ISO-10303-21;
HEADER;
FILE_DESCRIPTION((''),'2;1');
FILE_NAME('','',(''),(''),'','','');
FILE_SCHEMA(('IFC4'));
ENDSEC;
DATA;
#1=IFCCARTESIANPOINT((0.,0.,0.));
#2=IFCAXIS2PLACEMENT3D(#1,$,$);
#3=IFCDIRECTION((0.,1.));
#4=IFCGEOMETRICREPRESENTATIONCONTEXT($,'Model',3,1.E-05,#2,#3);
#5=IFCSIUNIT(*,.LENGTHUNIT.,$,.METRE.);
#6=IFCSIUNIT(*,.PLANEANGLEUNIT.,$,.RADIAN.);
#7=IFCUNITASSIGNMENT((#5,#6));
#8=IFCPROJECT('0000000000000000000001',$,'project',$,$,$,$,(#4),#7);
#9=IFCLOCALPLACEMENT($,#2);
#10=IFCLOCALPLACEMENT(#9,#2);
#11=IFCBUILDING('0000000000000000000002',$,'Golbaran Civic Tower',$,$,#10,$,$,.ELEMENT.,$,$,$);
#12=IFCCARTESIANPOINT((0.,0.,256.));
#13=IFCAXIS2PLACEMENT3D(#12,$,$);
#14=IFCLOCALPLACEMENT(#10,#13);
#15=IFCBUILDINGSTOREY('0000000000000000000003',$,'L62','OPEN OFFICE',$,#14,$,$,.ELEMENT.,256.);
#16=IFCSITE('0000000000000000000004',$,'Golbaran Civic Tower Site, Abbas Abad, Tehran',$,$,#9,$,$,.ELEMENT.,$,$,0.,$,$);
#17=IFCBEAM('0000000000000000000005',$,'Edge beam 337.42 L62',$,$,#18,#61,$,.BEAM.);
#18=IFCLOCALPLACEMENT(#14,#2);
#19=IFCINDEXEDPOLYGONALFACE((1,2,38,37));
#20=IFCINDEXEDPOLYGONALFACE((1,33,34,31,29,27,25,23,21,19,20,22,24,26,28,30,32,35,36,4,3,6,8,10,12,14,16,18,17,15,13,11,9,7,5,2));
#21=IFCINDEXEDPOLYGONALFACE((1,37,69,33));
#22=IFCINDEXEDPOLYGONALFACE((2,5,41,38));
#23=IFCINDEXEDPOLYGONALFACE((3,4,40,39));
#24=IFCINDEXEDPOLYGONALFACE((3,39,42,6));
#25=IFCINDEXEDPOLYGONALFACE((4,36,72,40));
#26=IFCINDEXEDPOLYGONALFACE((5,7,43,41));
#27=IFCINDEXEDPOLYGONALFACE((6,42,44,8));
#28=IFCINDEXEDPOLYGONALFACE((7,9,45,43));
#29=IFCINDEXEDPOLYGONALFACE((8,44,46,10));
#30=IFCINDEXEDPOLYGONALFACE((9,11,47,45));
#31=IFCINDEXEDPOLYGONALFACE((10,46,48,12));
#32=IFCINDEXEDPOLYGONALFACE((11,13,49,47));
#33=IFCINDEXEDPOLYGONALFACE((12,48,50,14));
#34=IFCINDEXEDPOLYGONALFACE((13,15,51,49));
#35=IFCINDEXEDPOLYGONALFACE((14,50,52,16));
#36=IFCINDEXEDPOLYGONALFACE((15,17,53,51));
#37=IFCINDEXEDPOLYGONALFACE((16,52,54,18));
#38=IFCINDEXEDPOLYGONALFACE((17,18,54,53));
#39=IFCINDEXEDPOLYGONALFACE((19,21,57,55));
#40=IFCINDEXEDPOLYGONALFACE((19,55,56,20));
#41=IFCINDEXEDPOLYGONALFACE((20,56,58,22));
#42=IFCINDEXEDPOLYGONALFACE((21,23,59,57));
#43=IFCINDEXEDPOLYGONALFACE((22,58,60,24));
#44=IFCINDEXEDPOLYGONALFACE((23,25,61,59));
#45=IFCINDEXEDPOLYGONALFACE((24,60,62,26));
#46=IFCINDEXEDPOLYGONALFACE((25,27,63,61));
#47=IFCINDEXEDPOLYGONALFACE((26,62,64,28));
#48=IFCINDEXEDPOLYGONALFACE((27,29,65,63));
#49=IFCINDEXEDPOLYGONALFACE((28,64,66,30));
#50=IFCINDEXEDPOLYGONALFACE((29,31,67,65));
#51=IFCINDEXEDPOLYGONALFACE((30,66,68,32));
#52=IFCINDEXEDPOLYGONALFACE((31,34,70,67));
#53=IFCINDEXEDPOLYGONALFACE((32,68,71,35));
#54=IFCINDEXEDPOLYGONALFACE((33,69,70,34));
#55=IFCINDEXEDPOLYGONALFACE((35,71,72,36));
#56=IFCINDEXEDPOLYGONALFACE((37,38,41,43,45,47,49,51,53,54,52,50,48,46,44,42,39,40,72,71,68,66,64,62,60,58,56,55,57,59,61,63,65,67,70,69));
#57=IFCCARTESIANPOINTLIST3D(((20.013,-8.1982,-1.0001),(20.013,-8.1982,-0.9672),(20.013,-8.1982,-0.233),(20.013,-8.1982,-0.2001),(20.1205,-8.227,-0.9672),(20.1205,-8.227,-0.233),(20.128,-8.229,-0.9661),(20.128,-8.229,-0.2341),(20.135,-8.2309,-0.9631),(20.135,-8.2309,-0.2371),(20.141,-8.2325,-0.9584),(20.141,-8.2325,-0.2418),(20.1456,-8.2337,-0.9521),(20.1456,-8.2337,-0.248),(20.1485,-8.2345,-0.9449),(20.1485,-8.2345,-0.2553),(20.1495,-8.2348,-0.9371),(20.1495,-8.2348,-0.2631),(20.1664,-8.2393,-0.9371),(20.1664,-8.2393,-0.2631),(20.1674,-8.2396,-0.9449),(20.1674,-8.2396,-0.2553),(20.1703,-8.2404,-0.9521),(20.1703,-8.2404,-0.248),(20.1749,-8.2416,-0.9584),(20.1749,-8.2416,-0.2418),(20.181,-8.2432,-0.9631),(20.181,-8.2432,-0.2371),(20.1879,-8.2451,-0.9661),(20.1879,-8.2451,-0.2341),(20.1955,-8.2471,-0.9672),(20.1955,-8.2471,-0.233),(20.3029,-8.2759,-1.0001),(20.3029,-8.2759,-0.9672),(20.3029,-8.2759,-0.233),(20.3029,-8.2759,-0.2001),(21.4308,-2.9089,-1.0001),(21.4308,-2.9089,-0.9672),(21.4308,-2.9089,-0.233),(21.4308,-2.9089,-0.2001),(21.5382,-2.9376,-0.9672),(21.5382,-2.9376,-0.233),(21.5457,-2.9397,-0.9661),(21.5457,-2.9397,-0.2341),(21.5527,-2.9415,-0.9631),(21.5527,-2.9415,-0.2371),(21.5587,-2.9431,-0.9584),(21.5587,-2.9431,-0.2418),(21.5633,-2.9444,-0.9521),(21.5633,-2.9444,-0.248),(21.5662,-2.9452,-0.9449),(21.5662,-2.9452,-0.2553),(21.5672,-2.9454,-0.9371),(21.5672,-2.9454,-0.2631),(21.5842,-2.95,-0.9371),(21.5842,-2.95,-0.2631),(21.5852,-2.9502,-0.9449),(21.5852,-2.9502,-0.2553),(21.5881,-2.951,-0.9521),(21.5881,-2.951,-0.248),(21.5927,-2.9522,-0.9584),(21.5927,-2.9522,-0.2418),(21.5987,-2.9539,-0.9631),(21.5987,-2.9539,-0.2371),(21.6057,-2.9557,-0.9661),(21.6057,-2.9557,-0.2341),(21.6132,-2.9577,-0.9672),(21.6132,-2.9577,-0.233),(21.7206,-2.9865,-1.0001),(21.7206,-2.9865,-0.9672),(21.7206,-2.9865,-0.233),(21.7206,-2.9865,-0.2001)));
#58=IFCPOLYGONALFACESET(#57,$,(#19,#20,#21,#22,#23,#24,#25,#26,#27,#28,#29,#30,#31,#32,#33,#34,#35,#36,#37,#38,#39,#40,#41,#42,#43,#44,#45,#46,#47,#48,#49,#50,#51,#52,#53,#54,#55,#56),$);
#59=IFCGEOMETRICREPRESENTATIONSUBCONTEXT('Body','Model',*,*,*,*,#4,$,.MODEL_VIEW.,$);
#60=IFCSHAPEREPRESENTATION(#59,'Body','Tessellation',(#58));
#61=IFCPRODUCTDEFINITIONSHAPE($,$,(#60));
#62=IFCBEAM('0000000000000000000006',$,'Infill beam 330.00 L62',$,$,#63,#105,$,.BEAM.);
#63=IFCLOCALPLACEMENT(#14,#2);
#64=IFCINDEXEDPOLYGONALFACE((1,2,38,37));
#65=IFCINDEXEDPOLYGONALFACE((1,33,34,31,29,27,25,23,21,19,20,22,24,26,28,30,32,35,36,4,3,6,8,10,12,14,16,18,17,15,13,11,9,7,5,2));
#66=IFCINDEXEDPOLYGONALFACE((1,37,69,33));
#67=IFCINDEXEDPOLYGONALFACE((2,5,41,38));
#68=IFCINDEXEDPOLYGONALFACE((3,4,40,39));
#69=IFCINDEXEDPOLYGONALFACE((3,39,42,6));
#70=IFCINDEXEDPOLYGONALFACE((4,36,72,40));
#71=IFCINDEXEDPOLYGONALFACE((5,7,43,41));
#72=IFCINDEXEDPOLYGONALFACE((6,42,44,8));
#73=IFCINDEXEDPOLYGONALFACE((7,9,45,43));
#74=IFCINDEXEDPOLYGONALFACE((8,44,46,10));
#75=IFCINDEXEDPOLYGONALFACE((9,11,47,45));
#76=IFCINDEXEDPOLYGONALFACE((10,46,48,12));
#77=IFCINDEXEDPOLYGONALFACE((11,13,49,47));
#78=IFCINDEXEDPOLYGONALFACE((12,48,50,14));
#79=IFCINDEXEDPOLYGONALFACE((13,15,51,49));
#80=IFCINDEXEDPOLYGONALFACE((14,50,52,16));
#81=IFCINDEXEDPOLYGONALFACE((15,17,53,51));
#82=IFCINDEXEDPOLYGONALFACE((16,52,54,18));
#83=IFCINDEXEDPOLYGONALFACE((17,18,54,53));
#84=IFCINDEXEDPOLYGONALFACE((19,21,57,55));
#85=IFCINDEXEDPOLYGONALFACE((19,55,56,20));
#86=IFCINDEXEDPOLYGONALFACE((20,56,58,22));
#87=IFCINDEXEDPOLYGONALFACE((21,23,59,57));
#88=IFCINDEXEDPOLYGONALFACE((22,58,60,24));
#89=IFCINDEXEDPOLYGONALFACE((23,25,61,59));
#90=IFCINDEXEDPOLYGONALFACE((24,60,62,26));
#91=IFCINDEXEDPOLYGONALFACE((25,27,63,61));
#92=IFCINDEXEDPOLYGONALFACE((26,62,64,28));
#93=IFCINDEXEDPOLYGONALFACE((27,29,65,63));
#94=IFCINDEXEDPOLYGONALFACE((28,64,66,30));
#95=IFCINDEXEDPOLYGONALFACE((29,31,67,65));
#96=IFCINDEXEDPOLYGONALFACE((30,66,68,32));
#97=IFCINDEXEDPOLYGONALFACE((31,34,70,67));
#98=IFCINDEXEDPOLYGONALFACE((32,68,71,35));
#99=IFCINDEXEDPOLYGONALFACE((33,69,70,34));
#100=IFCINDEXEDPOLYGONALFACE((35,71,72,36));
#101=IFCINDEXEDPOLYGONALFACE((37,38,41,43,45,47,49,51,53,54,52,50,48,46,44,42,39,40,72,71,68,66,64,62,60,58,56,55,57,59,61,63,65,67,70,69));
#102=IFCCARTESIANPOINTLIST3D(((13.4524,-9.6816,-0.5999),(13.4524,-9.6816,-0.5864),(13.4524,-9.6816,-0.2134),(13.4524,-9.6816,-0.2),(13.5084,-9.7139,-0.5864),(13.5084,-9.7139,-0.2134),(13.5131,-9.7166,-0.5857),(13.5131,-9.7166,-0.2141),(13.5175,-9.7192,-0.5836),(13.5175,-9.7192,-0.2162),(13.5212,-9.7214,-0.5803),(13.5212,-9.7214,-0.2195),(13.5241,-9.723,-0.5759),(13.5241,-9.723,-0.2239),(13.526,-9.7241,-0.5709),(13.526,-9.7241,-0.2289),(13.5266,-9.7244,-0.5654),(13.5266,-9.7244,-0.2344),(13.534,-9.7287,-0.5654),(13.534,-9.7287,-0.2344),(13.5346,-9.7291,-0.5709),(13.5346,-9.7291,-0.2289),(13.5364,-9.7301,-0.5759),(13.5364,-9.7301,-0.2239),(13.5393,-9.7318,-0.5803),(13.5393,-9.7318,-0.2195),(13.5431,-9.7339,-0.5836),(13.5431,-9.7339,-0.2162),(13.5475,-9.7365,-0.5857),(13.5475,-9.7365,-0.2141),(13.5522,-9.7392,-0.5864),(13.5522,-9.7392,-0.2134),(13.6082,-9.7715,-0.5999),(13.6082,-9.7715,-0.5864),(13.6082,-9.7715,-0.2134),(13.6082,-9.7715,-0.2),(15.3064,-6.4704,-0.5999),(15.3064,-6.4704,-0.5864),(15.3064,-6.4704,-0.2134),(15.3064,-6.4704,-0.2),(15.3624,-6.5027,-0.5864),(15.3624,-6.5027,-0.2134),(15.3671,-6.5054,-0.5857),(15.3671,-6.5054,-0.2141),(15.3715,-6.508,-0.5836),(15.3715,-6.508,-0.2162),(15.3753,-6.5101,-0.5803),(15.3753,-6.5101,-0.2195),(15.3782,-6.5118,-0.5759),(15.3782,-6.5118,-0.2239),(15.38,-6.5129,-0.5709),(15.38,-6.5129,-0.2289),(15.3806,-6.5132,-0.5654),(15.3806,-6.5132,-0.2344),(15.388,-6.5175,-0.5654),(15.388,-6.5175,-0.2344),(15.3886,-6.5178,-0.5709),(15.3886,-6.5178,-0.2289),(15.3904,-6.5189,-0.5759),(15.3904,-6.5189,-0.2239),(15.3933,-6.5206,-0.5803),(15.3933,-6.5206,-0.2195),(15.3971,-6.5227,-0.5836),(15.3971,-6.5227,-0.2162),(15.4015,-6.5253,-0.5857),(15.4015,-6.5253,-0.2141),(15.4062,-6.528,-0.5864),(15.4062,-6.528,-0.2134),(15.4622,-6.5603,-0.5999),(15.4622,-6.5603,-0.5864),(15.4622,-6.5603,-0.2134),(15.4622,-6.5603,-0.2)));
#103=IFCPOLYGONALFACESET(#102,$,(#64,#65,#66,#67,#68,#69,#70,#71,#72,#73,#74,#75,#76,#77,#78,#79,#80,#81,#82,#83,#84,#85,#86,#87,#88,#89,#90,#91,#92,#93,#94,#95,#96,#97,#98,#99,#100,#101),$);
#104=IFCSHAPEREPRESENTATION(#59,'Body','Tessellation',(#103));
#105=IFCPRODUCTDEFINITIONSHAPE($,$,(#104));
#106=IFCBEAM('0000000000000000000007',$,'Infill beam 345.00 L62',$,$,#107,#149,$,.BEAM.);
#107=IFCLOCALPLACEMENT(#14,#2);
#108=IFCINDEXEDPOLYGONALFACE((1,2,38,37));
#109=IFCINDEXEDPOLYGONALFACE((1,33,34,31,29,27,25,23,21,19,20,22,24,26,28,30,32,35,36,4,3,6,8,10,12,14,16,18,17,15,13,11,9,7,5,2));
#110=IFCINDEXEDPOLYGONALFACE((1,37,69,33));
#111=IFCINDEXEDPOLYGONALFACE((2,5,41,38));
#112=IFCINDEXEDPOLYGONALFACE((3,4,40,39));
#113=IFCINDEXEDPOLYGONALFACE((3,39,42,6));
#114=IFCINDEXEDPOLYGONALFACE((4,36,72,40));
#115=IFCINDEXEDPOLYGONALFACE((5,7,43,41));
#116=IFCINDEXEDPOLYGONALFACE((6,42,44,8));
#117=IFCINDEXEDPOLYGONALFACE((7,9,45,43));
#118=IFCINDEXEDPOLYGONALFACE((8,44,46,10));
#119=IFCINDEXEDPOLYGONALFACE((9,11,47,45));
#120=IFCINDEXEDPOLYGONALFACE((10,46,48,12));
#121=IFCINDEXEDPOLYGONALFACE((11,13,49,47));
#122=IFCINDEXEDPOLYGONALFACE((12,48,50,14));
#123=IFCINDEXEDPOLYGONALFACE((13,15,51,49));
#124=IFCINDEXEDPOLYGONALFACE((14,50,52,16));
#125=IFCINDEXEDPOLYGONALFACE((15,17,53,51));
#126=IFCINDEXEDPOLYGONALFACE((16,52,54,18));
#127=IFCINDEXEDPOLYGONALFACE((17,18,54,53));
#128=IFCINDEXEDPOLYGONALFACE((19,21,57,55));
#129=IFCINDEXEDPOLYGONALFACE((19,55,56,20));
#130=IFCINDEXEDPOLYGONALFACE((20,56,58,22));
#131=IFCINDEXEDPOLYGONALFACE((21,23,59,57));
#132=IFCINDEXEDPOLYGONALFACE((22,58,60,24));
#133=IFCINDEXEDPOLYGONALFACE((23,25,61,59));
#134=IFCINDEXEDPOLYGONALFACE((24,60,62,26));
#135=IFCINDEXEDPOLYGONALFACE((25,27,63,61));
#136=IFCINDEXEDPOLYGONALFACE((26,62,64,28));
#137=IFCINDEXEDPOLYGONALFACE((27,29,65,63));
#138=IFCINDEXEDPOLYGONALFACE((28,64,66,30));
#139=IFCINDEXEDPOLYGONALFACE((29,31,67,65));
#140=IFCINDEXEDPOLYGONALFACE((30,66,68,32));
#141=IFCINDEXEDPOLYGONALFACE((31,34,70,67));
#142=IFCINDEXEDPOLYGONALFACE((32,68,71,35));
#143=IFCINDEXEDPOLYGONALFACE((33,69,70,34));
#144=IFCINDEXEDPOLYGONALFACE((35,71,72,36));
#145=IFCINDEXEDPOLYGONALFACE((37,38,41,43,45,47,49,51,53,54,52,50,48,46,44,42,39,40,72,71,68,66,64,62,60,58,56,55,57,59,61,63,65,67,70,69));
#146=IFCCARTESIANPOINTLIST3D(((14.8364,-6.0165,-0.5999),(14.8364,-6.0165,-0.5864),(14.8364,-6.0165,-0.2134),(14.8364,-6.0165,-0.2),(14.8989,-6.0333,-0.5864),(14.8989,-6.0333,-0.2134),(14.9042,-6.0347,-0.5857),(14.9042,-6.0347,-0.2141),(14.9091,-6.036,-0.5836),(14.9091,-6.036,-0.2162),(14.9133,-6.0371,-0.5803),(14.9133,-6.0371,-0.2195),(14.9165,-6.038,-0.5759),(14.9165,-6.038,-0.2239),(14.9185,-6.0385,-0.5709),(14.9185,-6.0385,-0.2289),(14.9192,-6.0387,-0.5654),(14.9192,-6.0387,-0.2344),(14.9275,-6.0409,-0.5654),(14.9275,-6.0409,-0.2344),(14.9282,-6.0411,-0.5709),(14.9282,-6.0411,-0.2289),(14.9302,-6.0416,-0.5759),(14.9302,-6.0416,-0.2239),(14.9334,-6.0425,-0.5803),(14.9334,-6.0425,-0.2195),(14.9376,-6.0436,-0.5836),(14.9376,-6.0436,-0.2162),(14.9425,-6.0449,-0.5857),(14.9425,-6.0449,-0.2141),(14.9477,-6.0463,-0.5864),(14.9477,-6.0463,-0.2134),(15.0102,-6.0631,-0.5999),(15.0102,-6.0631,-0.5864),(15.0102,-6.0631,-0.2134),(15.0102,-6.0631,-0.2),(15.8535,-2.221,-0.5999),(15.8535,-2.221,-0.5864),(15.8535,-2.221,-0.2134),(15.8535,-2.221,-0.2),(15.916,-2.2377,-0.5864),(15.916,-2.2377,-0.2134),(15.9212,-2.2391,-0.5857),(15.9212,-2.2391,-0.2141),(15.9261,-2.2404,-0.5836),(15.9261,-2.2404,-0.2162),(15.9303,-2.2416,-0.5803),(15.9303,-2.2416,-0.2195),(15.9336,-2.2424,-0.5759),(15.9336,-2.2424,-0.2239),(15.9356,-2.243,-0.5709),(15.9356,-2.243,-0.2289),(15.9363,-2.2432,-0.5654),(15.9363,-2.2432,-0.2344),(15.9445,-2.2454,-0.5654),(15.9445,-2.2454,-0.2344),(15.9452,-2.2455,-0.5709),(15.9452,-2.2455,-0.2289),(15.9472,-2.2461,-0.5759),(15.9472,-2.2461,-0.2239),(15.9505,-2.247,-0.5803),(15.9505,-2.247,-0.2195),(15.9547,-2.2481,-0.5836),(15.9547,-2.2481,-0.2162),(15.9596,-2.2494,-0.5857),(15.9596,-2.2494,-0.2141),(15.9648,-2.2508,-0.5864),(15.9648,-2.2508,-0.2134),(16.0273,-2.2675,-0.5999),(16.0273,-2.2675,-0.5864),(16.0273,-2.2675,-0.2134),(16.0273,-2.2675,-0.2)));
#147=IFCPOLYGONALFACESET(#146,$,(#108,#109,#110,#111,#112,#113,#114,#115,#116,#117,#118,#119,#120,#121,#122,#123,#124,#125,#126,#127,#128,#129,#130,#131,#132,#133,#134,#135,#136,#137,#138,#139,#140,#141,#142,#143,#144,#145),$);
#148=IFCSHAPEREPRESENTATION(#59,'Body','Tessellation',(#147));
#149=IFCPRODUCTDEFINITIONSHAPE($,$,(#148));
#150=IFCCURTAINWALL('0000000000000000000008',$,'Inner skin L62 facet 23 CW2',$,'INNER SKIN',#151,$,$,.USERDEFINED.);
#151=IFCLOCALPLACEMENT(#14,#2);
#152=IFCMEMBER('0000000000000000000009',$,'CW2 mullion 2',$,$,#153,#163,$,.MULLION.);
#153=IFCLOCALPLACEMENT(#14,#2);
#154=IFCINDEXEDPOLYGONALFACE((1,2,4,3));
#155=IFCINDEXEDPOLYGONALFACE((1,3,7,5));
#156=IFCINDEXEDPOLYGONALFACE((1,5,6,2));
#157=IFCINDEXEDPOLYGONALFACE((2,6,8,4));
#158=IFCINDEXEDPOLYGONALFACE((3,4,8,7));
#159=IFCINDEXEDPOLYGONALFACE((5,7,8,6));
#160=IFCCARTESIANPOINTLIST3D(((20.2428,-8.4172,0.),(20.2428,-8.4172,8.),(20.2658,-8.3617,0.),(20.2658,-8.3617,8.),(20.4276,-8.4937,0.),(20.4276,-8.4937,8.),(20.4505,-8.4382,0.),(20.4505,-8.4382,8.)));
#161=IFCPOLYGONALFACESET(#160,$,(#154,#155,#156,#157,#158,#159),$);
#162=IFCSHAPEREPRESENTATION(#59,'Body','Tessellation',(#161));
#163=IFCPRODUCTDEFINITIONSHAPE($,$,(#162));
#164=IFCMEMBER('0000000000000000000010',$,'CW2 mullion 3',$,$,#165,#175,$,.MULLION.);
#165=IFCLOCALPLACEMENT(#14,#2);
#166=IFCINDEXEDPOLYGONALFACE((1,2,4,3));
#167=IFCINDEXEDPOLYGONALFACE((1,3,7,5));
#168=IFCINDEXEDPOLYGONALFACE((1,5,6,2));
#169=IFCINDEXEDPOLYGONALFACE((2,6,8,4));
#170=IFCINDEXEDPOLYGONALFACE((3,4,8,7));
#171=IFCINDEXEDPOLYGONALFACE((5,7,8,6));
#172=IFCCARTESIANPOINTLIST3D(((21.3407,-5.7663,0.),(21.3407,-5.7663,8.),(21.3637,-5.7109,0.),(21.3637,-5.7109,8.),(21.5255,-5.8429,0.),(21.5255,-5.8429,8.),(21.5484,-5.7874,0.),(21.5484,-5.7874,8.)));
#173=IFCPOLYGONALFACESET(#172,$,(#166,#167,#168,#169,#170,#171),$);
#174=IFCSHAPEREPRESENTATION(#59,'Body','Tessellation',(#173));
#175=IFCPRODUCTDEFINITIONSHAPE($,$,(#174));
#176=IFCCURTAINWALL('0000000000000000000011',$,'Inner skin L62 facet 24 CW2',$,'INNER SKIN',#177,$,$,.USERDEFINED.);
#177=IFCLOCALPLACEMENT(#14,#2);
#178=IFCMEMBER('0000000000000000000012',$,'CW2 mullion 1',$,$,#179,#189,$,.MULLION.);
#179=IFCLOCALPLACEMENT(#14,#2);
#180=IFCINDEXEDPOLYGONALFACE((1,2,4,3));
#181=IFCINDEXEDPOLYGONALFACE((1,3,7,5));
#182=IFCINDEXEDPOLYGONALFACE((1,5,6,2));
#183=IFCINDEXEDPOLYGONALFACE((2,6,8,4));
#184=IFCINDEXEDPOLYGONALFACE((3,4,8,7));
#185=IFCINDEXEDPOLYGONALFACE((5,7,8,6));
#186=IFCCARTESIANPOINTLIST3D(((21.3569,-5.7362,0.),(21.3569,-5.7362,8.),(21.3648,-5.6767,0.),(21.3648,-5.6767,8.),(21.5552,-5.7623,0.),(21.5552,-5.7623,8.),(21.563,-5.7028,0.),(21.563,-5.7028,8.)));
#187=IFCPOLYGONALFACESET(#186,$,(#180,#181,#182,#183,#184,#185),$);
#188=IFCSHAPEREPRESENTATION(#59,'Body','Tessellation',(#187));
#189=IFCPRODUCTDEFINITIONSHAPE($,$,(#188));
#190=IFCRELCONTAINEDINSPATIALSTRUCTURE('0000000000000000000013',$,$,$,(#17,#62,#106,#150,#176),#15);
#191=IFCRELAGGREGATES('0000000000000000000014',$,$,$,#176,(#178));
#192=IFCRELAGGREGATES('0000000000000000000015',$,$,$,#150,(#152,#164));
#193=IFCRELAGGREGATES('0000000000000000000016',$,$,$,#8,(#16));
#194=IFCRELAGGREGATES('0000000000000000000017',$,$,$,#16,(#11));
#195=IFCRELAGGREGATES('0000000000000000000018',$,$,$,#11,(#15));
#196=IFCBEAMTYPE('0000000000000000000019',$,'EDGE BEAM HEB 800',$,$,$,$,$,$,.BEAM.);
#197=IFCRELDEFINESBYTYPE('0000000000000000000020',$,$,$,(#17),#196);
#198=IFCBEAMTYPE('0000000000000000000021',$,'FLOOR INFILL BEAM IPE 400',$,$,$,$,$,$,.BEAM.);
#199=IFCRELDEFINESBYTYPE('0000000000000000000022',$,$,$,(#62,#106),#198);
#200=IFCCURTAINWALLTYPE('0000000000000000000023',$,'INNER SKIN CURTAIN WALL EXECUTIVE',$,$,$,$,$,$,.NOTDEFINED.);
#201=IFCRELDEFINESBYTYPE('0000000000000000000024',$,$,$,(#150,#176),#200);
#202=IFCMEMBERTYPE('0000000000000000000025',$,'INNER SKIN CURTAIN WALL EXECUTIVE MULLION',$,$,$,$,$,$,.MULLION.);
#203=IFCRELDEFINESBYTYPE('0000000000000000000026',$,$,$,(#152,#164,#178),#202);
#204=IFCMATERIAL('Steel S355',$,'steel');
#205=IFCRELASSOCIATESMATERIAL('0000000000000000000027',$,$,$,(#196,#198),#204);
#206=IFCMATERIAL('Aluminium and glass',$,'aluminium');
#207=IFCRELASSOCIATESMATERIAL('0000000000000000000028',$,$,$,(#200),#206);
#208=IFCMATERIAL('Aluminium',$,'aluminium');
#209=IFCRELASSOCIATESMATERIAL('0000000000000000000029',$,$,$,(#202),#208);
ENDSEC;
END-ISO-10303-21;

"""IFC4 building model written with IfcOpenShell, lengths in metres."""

from ifc_helpers import new_model, si_unit, direction, frame, origin, origin_2d, place, context, subcontext, project, spatial, rectangle, i_section, extrude, material, material_profile, profile_set, type_object, element, aggregate, save


model = new_model("IFC4")

# Units and contexts
model_context = context("Model", 3, precision=1e-05, world=origin(), true_north=direction((0.0, 1.0)))
body_context = subcontext(model_context, "Body", "Model", "MODEL_VIEW")
ifc_project = project(units=[si_unit("LENGTHUNIT", "METRE"), si_unit("PLANEANGLEUNIT", "RADIAN")], contexts=[model_context])

# Site, building, storey
site_placement = place(None, origin())
site = spatial("IfcSite", under=ifc_project, at=site_placement, Name="Golbaran Civic Tower Site, Abbas Abad, Tehran", CompositionType="ELEMENT", RefElevation=0.0)
building_placement = place(site_placement, origin())
building = spatial("IfcBuilding", under=site, at=building_placement, Name="Golbaran Civic Tower", CompositionType="ELEMENT")
storey_placement = place(building_placement, frame((0.0, 0.0, 256.0)))
storey = spatial("IfcBuildingStorey", under=building, at=storey_placement, Name="L62", Description="OPEN OFFICE", CompositionType="ELEMENT", Elevation=256.0)

# Beams
ifc_material_1 = material(Name="Steel S355", Category="steel")
ifc_material_profile_1 = material_profile(ifc_material_1, i_section(OverallWidth=0.3, OverallDepth=0.8, WebThickness=0.0176, FlangeThickness=0.033, FilletRadius=0.03, at=origin_2d()), Name="HEB 800")
ifc_profile_set_1 = profile_set([ifc_material_profile_1], Name="Steel S355")
beam_type_1 = type_object("IfcBeamType", Name="EDGE BEAM HEB 800", PredefinedType="BEAM", material=ifc_profile_set_1)
beam_1_placement = place(storey_placement, frame((20.158, -8.2371, -0.6001), z_axis=(0.258897, 0.965905, 0.0), x_axis=(-0.965905, 0.258897, 0.0)))
element("IfcBeam", 1, at=beam_1_placement, inside=storey, type_object=beam_type_1, Name="Edge beam 337.42 L62", PredefinedType="BEAM", context=body_context, shape_type="SweptSolid", body=[
    extrude(i_section(OverallWidth=0.3, OverallDepth=0.8, WebThickness=0.0176, FlangeThickness=0.033, FilletRadius=0.03, at=origin_2d()), origin(), (0.0, 0.0, 1.0), 5.4761),
])
ifc_material_profile_2 = material_profile(ifc_material_1, i_section(OverallWidth=0.1799, OverallDepth=0.3999, WebThickness=0.0085, FlangeThickness=0.0134, FilletRadius=0.021, at=origin_2d()), Name="IPE 400")
ifc_profile_set_2 = profile_set([ifc_material_profile_2], Name="Steel S355")
beam_type_2 = type_object("IfcBeamType", Name="FLOOR INFILL BEAM IPE 400", PredefinedType="BEAM", material=ifc_profile_set_2)
beam_2_placement = place(storey_placement, frame((13.5303, -9.7266, -0.3999), z_axis=(0.500006, 0.866022, 0.0), x_axis=(-0.866022, 0.500006, 0.0)))
element("IfcBeam", 2, at=beam_2_placement, inside=storey, type_object=beam_type_2, Name="Infill beam 330.00 L62", PredefinedType="BEAM", context=body_context, shape_type="SweptSolid", body=[
    extrude(i_section(OverallWidth=0.1799, OverallDepth=0.3999, WebThickness=0.0085, FlangeThickness=0.0134, FilletRadius=0.021, at=origin_2d()), origin(), (0.0, 0.0, 1.0), 3.708),
])
beam_3_placement = place(storey_placement, frame((14.9233, -6.0398, -0.3999), z_axis=(0.25883, 0.965923, 0.0), x_axis=(-0.965923, 0.25883, 0.0)))
element("IfcBeam", 3, at=beam_3_placement, inside=storey, type_object=beam_type_2, Name="Infill beam 345.00 L62", PredefinedType="BEAM", context=body_context, shape_type="SweptSolid", body=[
    extrude(i_section(OverallWidth=0.1799, OverallDepth=0.3999, WebThickness=0.0085, FlangeThickness=0.0134, FilletRadius=0.021, at=origin_2d()), origin(), (0.0, 0.0, 1.0), 3.9294),
])

# Curtain wall, members
ifc_material_2 = material(Name="Aluminium and glass", Category="aluminium")
curtain_wall_type = type_object("IfcCurtainWallType", Name="INNER SKIN CURTAIN WALL EXECUTIVE", PredefinedType="NOTDEFINED", material=ifc_material_2)
curtain_wall_1_placement = place(storey_placement, origin())
curtain_wall_1 = element("IfcCurtainWall", 4, at=curtain_wall_1_placement, inside=storey, type_object=curtain_wall_type, Name="Inner skin L62 facet 23 CW2", ObjectType="INNER SKIN", PredefinedType="USERDEFINED")
ifc_material_3 = material(Name="Aluminium", Category="aluminium")
ifc_material_profile_3 = material_profile(ifc_material_3, rectangle(XDim=0.2, YDim=0.0601, at=origin_2d()), Name="INNER SKIN CURTAIN WALL EXECUTIVE MULLION")
ifc_profile_set_3 = profile_set([ifc_material_profile_3], Name="Aluminium")
member_type_1 = type_object("IfcMemberType", Name="INNER SKIN CURTAIN WALL EXECUTIVE MULLION", PredefinedType="MULLION", material=ifc_profile_set_3)
member_1_placement = place(storey_placement, frame((20.3467, -8.4277, 0.0), z_axis=(0.0, 0.0, 1.0), x_axis=(-0.92388, 0.382683, 0.0)))
member_1 = element("IfcMember", 5, at=member_1_placement, type_object=member_type_1, Name="CW2 mullion 2", PredefinedType="MULLION", context=body_context, shape_type="SweptSolid", body=[
    extrude(rectangle(XDim=0.2, YDim=0.0601, at=origin_2d()), origin(), (0.0, 0.0, 1.0), 8.0),
])
member_2_placement = place(storey_placement, frame((21.4446, -5.7769, 0.0), z_axis=(0.0, 0.0, 1.0), x_axis=(-0.92388, 0.382683, 0.0)))
member_2 = element("IfcMember", 6, at=member_2_placement, type_object=member_type_1, Name="CW2 mullion 3", PredefinedType="MULLION", context=body_context, shape_type="SweptSolid", body=[
    extrude(rectangle(XDim=0.2, YDim=0.0601, at=origin_2d()), origin(), (0.0, 0.0, 1.0), 8.0),
])

# Curtain wall, member
curtain_wall_2_placement = place(storey_placement, origin())
curtain_wall_2 = element("IfcCurtainWall", 7, at=curtain_wall_2_placement, inside=storey, type_object=curtain_wall_type, Name="Inner skin L62 facet 24 CW2", ObjectType="INNER SKIN", PredefinedType="USERDEFINED")
member_3_placement = place(storey_placement, frame((21.46, -5.7195, 0.0), z_axis=(0.0, 0.0, 1.0), x_axis=(-0.991445, 0.130526, 0.0)))
member_3 = element("IfcMember", 8, at=member_3_placement, type_object=member_type_1, Name="CW2 mullion 1", PredefinedType="MULLION", context=body_context, shape_type="SweptSolid", body=[
    extrude(rectangle(XDim=0.2, YDim=0.0601, at=origin_2d()), origin(), (0.0, 0.0, 1.0), 8.0),
])

aggregate(curtain_wall_2, [member_3])

aggregate(curtain_wall_1, [member_1, member_2])

save(model, "model.ifc")
